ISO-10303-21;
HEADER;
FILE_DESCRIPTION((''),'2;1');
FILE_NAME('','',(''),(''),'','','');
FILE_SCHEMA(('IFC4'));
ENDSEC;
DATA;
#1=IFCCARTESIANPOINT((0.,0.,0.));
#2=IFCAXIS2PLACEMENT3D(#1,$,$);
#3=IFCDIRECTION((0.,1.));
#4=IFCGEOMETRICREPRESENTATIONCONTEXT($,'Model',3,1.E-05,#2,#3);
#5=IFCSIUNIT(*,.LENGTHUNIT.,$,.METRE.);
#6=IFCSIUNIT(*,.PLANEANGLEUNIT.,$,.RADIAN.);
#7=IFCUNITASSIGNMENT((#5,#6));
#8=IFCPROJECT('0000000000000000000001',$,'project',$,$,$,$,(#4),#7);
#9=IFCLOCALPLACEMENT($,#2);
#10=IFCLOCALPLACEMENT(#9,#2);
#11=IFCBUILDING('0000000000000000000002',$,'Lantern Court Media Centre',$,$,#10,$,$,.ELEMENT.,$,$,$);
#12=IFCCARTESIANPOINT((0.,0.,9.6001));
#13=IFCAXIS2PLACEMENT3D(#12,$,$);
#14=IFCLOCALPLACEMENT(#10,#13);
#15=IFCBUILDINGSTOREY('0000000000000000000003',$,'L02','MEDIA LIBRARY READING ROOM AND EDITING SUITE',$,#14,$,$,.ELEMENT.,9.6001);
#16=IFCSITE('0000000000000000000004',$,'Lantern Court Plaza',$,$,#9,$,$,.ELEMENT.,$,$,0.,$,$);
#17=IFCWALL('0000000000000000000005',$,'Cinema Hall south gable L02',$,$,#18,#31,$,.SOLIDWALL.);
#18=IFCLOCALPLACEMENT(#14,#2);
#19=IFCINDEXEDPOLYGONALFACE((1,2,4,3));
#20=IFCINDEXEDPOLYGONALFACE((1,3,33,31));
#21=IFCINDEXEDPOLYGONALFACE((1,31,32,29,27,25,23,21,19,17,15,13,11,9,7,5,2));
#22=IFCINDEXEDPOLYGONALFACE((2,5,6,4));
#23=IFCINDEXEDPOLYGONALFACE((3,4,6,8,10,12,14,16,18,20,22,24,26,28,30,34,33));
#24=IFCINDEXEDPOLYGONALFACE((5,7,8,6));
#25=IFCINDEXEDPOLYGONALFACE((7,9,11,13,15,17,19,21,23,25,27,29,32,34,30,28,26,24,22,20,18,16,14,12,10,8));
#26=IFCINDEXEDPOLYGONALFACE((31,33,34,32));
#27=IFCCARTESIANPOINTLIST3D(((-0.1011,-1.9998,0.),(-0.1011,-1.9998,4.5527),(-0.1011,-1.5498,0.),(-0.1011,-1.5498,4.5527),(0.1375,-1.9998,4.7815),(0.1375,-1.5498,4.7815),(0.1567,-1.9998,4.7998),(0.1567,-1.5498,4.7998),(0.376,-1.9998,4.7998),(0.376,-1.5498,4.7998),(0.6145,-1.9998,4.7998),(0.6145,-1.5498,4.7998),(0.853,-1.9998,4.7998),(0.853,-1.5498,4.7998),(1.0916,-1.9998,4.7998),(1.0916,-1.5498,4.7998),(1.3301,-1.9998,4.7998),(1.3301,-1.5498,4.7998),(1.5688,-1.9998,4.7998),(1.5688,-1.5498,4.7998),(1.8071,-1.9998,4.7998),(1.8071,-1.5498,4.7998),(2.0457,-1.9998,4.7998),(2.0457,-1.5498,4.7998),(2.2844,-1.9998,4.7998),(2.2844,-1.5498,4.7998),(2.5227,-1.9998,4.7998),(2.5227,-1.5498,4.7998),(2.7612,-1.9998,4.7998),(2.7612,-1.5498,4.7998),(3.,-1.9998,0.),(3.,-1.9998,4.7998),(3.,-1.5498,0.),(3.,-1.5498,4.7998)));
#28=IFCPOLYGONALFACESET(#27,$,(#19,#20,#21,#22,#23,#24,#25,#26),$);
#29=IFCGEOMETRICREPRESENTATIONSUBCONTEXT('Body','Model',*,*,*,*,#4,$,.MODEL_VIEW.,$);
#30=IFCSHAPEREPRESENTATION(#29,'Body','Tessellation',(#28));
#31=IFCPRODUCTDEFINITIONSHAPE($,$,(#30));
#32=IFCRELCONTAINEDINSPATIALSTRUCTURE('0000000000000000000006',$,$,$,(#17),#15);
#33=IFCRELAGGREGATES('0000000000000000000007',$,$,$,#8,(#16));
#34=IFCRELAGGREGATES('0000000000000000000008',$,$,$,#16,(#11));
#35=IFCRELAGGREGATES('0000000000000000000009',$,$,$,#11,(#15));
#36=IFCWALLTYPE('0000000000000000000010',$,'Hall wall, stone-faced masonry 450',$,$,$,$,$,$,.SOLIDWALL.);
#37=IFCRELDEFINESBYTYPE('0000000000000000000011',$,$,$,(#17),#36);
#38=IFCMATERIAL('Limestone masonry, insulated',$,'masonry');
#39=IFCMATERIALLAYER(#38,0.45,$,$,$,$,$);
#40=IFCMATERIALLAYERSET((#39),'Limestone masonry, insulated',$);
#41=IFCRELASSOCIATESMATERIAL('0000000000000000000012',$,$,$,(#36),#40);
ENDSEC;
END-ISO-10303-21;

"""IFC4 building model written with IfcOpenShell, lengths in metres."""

from ifc_helpers import new_model, si_unit, direction, frame, origin, place, context, subcontext, project, spatial, polyline, outline, extrude, material, layer, layer_set, type_object, element, save


model = new_model("IFC4")

# Units and contexts
model_context = context("Model", 3, precision=1e-05, world=origin(), true_north=direction((0.0, 1.0)))
body_context = subcontext(model_context, "Body", "Model", "MODEL_VIEW")
ifc_project = project(units=[si_unit("LENGTHUNIT", "METRE"), si_unit("PLANEANGLEUNIT", "RADIAN")], contexts=[model_context])

# Site, building, storey
site_placement = place(None, origin())
site = spatial("IfcSite", under=ifc_project, at=site_placement, Name="Lantern Court Plaza", CompositionType="ELEMENT", RefElevation=0.0)
building_placement = place(site_placement, origin())
building = spatial("IfcBuilding", under=site, at=building_placement, Name="Lantern Court Media Centre", CompositionType="ELEMENT")
storey_placement = place(building_placement, frame((0.0, 0.0, 9.6001)))
storey = spatial("IfcBuildingStorey", under=building, at=storey_placement, Name="L02", Description="MEDIA LIBRARY READING ROOM AND EDITING SUITE", CompositionType="ELEMENT", Elevation=9.6001)

# Wall
ifc_material_1 = material(Name="Limestone masonry, insulated", Category="masonry")
ifc_layer_1 = layer(ifc_material_1, 0.45)
ifc_layer_set_1 = layer_set([ifc_layer_1], Name="Limestone masonry, insulated")
wall_type = type_object("IfcWallType", Name="Hall wall, stone-faced masonry 450", PredefinedType="SOLIDWALL", material=ifc_layer_set_1)
wall_placement = place(storey_placement, frame((-0.1011, -1.7749, 0.0), z_axis=(0.0, 0.0, 1.0), x_axis=(1.0, 0.0, 0.0)))
element("IfcWall", 1, at=wall_placement, inside=storey, type_object=wall_type, Name="Cinema Hall south gable L02", PredefinedType="SOLIDWALL", context=body_context, shape_type="SweptSolid", body=[
    extrude(outline(polyline([(0.0, 0.0), (3.1011, 0.0), (3.1011, 4.7998), (2.8623, 4.7998), (2.6238, 4.7998), (2.3855, 4.7998), (2.1467, 4.7998), (1.9082, 4.7998), (1.6699, 4.7998), (1.4312, 4.7998), (1.1926, 4.7998), (0.9541, 4.7998), (0.7156, 4.7998), (0.4771, 4.7998), (0.2578, 4.7998), (0.2385, 4.7815), (0.0, 4.5527), (0.0, 0.0)])), frame((0.0, 0.2251, 0.0), z_axis=(0.0, -1.0, 0.0), x_axis=(1.0, 0.0, 0.0)), (0.0, 0.0, 1.0), 0.45),
])

save(model, "model.ifc")
